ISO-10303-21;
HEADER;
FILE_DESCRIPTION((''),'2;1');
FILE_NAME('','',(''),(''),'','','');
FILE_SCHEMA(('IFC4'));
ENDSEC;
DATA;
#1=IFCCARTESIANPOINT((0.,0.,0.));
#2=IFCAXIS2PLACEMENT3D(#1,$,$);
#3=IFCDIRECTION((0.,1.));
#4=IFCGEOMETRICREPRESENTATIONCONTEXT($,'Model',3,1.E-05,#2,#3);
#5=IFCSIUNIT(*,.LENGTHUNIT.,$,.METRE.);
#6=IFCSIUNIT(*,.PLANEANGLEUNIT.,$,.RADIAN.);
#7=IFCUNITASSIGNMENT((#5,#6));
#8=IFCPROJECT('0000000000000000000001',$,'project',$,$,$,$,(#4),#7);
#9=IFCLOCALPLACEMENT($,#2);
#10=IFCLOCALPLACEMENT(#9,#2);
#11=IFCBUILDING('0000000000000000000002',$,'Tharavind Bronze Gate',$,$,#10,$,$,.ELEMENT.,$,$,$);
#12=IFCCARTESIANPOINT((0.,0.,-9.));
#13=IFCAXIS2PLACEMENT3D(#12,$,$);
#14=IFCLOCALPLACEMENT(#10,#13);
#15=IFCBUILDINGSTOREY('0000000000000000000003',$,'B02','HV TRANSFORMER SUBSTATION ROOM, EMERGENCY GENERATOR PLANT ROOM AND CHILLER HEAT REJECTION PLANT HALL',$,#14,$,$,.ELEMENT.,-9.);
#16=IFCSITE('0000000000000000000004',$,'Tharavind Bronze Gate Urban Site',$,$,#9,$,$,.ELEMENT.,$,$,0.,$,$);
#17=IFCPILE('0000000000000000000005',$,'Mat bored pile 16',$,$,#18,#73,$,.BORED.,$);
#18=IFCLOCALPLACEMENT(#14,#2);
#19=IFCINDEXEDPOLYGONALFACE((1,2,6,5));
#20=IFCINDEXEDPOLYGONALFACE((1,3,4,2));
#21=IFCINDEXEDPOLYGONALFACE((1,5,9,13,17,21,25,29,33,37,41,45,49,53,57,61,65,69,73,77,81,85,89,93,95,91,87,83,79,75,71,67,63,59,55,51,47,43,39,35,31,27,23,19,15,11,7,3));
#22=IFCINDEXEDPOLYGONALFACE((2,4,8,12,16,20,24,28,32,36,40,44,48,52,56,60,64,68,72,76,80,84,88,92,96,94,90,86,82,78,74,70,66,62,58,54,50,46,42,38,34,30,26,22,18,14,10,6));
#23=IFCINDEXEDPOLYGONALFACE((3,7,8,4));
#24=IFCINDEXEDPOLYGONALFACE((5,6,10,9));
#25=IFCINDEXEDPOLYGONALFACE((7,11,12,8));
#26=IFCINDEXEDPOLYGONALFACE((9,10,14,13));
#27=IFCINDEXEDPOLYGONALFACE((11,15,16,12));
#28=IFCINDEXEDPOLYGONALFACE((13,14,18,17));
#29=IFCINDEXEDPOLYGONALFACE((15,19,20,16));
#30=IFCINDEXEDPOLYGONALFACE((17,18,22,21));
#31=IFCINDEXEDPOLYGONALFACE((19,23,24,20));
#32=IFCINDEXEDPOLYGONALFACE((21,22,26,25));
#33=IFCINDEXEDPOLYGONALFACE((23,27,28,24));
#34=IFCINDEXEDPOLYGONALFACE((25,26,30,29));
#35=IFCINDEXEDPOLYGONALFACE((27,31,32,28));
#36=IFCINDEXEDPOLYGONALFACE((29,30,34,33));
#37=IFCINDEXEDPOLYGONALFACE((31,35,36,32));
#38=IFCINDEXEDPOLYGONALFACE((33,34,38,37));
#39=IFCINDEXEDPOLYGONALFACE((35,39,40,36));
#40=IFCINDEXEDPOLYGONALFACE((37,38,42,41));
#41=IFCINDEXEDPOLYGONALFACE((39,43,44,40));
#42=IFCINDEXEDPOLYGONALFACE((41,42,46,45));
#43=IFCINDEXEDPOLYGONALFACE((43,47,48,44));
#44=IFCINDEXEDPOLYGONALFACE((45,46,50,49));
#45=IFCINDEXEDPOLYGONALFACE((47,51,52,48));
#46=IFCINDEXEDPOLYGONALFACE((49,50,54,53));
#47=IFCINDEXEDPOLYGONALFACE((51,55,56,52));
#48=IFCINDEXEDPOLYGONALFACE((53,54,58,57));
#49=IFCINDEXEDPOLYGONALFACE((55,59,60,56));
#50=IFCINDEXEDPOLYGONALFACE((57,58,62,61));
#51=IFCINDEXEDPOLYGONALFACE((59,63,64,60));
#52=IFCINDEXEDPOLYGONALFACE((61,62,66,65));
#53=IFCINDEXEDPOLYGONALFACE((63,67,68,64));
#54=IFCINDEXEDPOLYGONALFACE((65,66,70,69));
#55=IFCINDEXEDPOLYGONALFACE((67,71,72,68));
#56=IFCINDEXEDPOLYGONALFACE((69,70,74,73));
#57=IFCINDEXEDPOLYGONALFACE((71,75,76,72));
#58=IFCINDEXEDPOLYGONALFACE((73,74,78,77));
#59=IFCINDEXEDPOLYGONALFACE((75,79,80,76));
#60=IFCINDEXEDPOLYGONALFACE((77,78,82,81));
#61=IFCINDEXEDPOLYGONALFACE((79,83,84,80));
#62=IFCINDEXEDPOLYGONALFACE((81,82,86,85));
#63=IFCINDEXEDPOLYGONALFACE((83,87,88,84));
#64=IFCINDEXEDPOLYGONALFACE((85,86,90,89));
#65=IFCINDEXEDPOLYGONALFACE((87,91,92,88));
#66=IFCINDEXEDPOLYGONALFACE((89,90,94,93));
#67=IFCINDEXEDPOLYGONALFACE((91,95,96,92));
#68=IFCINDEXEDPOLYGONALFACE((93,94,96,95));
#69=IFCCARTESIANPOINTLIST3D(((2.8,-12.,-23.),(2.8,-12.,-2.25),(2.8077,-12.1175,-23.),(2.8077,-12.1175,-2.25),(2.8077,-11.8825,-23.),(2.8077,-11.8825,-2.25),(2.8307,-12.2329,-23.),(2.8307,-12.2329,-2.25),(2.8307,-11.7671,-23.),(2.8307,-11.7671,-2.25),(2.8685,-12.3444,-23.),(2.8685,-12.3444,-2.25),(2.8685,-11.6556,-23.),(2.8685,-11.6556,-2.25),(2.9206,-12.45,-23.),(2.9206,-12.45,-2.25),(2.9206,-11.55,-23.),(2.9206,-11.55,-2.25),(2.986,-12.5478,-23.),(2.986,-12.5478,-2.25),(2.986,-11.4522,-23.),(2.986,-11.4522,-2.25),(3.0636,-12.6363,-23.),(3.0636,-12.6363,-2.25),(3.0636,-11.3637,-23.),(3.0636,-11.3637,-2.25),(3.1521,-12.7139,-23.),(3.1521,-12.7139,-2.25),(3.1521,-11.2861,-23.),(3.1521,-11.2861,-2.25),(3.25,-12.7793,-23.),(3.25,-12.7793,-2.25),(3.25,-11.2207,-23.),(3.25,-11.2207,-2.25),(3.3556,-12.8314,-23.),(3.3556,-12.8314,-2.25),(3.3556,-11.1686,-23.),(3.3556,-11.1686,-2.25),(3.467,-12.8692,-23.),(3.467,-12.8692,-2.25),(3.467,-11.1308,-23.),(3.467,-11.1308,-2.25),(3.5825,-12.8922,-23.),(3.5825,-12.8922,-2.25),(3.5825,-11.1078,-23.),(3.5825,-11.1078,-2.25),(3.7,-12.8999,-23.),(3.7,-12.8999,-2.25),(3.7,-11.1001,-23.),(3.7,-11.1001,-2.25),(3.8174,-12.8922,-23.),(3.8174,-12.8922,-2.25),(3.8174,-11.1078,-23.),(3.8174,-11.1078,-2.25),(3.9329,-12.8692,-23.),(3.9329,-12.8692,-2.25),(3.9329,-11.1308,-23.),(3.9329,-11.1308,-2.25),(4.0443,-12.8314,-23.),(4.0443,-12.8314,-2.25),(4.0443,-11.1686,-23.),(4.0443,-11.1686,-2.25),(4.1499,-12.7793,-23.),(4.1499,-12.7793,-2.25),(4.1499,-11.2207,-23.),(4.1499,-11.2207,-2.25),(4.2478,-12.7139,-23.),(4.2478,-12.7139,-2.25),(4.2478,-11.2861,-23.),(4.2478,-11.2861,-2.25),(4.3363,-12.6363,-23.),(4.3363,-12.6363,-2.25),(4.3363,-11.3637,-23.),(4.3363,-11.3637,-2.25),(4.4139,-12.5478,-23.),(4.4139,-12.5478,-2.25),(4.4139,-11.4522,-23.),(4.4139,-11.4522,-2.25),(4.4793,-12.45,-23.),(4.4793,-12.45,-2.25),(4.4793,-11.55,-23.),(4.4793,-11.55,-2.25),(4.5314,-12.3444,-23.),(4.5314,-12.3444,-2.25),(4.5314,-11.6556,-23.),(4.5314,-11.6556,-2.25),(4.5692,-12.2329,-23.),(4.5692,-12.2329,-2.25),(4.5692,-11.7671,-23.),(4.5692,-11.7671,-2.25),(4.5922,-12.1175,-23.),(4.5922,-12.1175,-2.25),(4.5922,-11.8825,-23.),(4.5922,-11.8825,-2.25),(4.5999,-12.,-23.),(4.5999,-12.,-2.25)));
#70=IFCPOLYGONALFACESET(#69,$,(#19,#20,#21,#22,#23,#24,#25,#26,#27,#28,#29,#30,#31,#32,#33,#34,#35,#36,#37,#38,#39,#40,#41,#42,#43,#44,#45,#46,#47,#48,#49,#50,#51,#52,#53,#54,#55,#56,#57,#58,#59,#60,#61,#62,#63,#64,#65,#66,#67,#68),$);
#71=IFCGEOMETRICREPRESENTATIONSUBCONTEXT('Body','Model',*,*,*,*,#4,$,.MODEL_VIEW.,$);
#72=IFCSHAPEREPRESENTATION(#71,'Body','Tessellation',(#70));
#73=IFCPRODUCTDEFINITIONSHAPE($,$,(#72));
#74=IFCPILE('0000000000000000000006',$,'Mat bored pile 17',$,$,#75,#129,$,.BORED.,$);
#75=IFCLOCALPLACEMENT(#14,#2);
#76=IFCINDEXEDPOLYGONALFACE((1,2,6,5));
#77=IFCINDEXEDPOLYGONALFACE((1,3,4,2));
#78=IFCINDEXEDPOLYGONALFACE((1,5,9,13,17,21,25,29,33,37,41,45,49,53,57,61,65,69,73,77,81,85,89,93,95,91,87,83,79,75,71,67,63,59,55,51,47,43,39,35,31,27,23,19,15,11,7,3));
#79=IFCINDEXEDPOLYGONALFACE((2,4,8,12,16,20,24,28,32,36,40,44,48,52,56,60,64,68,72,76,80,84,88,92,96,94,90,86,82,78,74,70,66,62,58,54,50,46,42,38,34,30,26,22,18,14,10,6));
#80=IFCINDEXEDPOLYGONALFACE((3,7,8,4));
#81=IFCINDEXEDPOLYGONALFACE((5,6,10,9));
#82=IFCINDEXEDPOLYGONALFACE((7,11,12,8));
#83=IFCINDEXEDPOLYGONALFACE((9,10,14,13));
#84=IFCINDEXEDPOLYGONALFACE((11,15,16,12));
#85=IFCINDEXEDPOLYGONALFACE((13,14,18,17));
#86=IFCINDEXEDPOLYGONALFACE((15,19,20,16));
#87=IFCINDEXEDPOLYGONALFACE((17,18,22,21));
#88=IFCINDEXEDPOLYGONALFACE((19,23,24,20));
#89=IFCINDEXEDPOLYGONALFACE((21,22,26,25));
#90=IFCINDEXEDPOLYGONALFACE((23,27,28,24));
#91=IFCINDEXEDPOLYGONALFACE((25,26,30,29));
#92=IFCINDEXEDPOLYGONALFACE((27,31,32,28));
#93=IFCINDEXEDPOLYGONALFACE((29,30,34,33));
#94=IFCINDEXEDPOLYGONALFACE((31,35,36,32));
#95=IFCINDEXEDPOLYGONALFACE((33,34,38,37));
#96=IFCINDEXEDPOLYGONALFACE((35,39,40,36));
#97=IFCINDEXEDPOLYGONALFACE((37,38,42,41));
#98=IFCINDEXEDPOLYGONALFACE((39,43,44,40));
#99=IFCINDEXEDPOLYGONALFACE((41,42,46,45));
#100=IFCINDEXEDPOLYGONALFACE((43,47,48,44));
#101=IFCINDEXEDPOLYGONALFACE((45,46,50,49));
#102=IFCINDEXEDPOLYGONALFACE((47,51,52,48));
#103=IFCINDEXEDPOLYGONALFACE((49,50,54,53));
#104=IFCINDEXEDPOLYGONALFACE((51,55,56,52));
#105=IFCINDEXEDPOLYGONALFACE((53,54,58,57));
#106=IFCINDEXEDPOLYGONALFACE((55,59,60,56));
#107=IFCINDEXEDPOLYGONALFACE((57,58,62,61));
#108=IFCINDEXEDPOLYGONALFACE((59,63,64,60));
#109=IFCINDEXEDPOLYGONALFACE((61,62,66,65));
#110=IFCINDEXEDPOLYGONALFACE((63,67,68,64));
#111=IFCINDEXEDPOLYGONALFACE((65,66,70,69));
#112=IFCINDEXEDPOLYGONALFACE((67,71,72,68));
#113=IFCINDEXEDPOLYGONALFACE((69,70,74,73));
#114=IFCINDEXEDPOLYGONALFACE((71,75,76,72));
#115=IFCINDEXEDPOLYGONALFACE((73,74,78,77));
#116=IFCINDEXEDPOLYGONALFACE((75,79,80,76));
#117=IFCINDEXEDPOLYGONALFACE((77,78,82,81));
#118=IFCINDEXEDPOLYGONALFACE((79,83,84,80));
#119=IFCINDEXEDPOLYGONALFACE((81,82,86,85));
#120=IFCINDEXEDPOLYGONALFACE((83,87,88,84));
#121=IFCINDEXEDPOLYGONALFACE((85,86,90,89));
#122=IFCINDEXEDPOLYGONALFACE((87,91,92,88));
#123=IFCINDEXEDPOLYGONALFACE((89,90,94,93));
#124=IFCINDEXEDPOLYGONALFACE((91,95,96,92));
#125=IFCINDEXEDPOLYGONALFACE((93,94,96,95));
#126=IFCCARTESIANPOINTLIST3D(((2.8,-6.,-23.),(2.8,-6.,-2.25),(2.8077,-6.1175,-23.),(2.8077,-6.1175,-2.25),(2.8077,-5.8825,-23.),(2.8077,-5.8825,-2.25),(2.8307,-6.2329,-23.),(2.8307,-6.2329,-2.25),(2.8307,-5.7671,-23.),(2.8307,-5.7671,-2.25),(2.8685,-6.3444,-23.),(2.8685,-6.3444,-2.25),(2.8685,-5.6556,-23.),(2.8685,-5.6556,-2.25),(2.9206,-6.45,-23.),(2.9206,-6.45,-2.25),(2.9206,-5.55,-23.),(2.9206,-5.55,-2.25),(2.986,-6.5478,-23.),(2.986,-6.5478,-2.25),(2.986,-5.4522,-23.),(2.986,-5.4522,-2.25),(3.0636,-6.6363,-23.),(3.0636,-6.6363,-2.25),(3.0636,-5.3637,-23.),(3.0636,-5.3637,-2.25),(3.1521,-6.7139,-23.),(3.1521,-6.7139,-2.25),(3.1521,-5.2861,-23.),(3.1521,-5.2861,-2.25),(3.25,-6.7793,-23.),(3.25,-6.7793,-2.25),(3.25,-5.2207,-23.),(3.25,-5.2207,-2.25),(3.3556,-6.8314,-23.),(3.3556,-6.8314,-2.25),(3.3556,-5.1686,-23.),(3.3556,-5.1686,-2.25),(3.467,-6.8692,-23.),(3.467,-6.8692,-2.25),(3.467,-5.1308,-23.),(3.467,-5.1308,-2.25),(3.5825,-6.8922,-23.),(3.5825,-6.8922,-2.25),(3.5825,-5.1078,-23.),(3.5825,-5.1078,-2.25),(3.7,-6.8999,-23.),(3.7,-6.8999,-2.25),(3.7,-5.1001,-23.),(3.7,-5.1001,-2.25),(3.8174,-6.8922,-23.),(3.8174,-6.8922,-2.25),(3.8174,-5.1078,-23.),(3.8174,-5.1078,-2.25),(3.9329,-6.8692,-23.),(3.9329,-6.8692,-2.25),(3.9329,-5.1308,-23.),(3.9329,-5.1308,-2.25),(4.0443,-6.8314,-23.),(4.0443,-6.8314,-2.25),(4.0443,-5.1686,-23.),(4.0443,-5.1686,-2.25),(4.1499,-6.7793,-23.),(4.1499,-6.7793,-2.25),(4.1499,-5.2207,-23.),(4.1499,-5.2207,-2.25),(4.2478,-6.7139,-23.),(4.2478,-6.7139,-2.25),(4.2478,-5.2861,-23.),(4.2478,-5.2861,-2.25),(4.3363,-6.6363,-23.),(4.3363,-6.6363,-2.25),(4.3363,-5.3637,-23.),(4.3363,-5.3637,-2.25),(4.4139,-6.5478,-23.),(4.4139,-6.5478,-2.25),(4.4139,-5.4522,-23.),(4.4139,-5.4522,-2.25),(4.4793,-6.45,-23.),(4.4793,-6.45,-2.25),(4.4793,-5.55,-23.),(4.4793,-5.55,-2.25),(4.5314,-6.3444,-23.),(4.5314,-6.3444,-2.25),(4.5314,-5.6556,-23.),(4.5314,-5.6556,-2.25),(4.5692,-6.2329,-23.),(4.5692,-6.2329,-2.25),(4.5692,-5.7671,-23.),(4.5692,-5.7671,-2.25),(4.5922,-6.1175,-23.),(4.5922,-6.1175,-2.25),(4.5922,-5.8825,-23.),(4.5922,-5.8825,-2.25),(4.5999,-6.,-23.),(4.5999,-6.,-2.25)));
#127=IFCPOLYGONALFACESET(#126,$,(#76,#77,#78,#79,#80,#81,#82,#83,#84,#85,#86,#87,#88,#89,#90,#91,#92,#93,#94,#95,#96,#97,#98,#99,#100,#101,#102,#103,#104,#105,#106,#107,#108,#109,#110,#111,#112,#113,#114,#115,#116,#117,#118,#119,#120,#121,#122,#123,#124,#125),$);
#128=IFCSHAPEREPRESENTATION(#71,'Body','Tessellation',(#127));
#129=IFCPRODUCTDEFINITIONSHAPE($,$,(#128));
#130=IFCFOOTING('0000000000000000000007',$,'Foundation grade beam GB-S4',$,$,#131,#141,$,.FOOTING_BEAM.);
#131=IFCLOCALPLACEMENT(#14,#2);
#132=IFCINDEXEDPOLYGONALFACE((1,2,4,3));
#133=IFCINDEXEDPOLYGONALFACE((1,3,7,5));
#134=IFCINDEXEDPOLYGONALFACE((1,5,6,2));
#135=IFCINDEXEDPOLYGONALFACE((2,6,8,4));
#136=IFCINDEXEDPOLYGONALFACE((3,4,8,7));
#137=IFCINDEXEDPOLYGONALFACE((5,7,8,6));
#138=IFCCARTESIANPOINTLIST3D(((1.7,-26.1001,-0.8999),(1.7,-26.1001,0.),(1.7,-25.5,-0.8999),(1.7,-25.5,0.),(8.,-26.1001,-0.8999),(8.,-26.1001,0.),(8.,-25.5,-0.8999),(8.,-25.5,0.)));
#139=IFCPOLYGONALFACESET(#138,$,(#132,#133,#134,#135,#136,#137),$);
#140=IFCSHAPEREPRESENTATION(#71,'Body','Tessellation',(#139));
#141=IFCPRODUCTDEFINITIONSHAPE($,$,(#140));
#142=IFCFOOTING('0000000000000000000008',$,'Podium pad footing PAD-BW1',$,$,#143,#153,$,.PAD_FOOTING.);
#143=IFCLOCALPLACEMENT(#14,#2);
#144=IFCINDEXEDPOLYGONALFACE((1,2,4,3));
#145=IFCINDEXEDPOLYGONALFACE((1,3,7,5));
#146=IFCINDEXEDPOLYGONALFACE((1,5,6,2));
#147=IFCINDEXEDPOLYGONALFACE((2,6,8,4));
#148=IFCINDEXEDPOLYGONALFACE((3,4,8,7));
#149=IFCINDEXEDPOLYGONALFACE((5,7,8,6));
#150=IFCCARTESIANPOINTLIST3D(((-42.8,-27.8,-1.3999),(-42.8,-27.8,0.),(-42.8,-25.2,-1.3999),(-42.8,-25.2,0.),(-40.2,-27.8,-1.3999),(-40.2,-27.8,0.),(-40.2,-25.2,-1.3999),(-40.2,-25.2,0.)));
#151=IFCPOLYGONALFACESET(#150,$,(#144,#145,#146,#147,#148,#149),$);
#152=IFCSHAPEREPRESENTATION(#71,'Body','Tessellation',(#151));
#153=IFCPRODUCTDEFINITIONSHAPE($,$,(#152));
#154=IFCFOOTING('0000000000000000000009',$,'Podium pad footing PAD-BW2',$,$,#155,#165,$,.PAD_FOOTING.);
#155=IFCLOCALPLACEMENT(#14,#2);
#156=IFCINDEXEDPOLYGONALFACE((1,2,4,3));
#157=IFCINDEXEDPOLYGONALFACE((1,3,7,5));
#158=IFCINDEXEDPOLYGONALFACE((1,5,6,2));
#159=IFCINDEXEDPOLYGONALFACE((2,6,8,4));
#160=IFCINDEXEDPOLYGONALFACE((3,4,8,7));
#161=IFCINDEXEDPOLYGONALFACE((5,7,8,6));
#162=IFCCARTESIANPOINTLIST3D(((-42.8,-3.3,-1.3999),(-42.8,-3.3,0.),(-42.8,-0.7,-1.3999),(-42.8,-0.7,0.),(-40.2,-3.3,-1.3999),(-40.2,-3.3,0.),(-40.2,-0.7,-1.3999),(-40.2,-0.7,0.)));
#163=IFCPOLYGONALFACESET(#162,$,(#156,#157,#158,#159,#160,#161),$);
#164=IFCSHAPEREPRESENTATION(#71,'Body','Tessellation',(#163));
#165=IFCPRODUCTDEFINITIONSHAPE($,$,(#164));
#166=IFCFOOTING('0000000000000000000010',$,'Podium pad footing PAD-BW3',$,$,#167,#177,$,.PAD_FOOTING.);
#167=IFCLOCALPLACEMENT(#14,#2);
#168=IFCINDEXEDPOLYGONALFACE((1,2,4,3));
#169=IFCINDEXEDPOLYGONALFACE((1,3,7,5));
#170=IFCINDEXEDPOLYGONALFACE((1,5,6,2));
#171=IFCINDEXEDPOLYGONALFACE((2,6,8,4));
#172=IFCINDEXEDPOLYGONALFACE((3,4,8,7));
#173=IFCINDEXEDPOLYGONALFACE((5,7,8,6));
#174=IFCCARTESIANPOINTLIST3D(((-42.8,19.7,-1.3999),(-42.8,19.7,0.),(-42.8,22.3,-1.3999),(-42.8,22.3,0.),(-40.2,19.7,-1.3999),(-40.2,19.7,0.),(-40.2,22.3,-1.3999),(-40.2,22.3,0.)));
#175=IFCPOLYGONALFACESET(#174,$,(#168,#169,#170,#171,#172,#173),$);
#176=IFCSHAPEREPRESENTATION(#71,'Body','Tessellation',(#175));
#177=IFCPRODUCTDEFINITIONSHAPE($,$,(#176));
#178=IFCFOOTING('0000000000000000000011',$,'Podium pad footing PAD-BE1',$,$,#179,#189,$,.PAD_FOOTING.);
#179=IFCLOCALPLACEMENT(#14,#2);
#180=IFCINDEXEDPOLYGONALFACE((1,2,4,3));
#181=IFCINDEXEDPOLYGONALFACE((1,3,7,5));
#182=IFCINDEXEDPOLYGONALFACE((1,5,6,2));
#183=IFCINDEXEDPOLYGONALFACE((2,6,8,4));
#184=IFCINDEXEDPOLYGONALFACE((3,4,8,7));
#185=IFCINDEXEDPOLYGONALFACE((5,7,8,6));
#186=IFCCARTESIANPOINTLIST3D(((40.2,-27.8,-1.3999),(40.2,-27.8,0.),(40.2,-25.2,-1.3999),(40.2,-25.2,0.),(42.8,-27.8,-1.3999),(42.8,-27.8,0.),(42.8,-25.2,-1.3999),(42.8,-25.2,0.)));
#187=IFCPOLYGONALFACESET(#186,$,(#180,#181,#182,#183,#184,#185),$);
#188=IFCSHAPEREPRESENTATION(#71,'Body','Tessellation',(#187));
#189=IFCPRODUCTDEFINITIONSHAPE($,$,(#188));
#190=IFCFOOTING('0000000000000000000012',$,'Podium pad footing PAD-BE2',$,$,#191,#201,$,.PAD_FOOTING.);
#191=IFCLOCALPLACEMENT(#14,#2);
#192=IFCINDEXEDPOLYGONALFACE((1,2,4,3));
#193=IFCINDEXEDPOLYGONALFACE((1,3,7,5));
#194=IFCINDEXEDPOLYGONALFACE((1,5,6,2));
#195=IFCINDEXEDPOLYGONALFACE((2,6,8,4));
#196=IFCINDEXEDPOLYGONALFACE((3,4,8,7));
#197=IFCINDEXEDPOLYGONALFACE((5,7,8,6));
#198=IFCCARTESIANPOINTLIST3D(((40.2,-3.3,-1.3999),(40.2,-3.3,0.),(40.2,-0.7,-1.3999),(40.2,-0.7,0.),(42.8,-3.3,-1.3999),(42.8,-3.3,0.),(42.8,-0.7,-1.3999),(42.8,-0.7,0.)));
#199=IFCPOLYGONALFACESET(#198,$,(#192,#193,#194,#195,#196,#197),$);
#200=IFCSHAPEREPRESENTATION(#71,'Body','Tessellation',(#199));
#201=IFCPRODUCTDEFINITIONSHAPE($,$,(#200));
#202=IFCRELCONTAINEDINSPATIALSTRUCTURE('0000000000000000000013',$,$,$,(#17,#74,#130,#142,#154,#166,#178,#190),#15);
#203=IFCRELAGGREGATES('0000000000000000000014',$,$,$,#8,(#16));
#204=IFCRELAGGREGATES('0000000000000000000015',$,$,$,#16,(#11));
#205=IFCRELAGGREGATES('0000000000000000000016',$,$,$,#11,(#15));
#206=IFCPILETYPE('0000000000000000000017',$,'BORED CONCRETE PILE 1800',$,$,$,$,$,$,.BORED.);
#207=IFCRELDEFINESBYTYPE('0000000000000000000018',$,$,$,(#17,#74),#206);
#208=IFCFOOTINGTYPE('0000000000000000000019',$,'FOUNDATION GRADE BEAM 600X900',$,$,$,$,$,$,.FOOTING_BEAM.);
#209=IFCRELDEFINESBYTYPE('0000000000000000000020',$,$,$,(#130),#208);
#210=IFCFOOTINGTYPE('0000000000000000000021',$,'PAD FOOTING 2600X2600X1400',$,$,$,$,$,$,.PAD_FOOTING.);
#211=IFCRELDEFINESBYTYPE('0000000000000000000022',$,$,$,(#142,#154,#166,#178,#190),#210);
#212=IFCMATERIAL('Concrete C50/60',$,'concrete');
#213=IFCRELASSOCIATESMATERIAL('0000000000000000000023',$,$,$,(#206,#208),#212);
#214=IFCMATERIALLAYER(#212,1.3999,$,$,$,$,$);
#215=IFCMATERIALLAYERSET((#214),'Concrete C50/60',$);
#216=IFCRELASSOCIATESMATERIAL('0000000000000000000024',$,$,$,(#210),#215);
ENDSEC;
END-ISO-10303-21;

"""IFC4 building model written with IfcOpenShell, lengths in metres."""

from ifc_helpers import new_model, si_unit, direction, frame, origin, origin_2d, place, context, subcontext, project, spatial, polyline, rectangle, circle, outline, extrude, material, layer, layer_set, material_profile, profile_set, type_object, element, save


model = new_model("IFC4")

# Units and contexts
model_context = context("Model", 3, precision=1e-05, world=origin(), true_north=direction((0.0, 1.0)))
body_context = subcontext(model_context, "Body", "Model", "MODEL_VIEW")
ifc_project = project(units=[si_unit("LENGTHUNIT", "METRE"), si_unit("PLANEANGLEUNIT", "RADIAN")], contexts=[model_context])

# Site, building, storey
site_placement = place(None, origin())
site = spatial("IfcSite", under=ifc_project, at=site_placement, Name="Tharavind Bronze Gate Urban Site", CompositionType="ELEMENT", RefElevation=0.0)
building_placement = place(site_placement, origin())
building = spatial("IfcBuilding", under=site, at=building_placement, Name="Tharavind Bronze Gate", CompositionType="ELEMENT")
storey_placement = place(building_placement, frame((0.0, 0.0, -9.0)))
storey = spatial("IfcBuildingStorey", under=building, at=storey_placement, Name="B02", Description="HV TRANSFORMER SUBSTATION ROOM, EMERGENCY GENERATOR PLANT ROOM AND CHILLER HEAT REJECTION PLANT HALL", CompositionType="ELEMENT", Elevation=-9.0)

# Piles
ifc_material_1 = material(Name="Concrete C50/60", Category="concrete")
ifc_material_profile_1 = material_profile(ifc_material_1, circle(Radius=0.8999, at=origin_2d()), Name="PILE1800")
ifc_profile_set_1 = profile_set([ifc_material_profile_1], Name="Concrete C50/60")
pile_type = type_object("IfcPileType", Name="BORED CONCRETE PILE 1800", PredefinedType="BORED", material=ifc_profile_set_1)
for number, where, z_axis, x_axis, name in (
    (1, (3.7, -12.0, -2.25), (0.0, 0.0, -1.0), (1.0, 0.0, 0.0), "Mat bored pile 16"),
    (2, (3.7, -6.0, -2.25), (0.0, 0.0, -1.0), (1.0, 0.0, 0.0), "Mat bored pile 17"),
):
    element("IfcPile", number, at=place(storey_placement, frame(where, z_axis=z_axis, x_axis=x_axis)), inside=storey, type_object=pile_type, Name=name, PredefinedType="BORED", context=body_context, shape_type="SweptSolid", body=[
        extrude(circle(Radius=0.8999, at=origin_2d()), origin(), (0.0, 0.0, 1.0), 20.75),
    ])

# Footings
ifc_material_profile_2 = material_profile(ifc_material_1, rectangle(XDim=0.6001, YDim=0.8999, at=origin_2d()), Name="RCBM600X900")
ifc_profile_set_2 = profile_set([ifc_material_profile_2], Name="Concrete C50/60")
footing_type_1 = type_object("IfcFootingType", Name="FOUNDATION GRADE BEAM 600X900", PredefinedType="FOOTING_BEAM", material=ifc_profile_set_2)
footing_1_placement = place(storey_placement, frame((1.7, -25.8, -0.45), z_axis=(1.0, 0.0, 0.0), x_axis=(0.0, 1.0, 0.0)))
element("IfcFooting", 3, at=footing_1_placement, inside=storey, type_object=footing_type_1, Name="Foundation grade beam GB-S4", PredefinedType="FOOTING_BEAM", context=body_context, shape_type="SweptSolid", body=[
    extrude(rectangle(XDim=0.6001, YDim=0.8999, at=origin_2d()), origin(), (0.0, 0.0, 1.0), 6.3),
])
ifc_layer_1 = layer(ifc_material_1, 1.3999)
ifc_layer_set_1 = layer_set([ifc_layer_1], Name="Concrete C50/60")
footing_type_2 = type_object("IfcFootingType", Name="PAD FOOTING 2600X2600X1400", PredefinedType="PAD_FOOTING", material=ifc_layer_set_1)
footing_2_placement = place(storey_placement, frame((0.0, 0.0, -1.3999)))
element("IfcFooting", 4, at=footing_2_placement, inside=storey, type_object=footing_type_2, Name="Podium pad footing PAD-BW1", PredefinedType="PAD_FOOTING", context=body_context, shape_type="SweptSolid", body=[
    extrude(outline(polyline([(-42.8, -27.8), (-40.2, -27.8), (-40.2, -25.2), (-42.8, -25.2), (-42.8, -27.8)])), origin(), (0.0, 0.0, 1.0), 1.3999),
])
footing_3_placement = place(storey_placement, frame((0.0, 0.0, -1.3999)))
element("IfcFooting", 5, at=footing_3_placement, inside=storey, type_object=footing_type_2, Name="Podium pad footing PAD-BW2", PredefinedType="PAD_FOOTING", context=body_context, shape_type="SweptSolid", body=[
    extrude(outline(polyline([(-42.8, -3.3), (-40.2, -3.3), (-40.2, -0.7), (-42.8, -0.7), (-42.8, -3.3)])), origin(), (0.0, 0.0, 1.0), 1.3999),
])
footing_4_placement = place(storey_placement, frame((0.0, 0.0, -1.3999)))
element("IfcFooting", 6, at=footing_4_placement, inside=storey, type_object=footing_type_2, Name="Podium pad footing PAD-BW3", PredefinedType="PAD_FOOTING", context=body_context, shape_type="SweptSolid", body=[
    extrude(outline(polyline([(-42.8, 19.7), (-40.2, 19.7), (-40.2, 22.3), (-42.8, 22.3), (-42.8, 19.7)])), origin(), (0.0, 0.0, 1.0), 1.3999),
])
footing_5_placement = place(storey_placement, frame((0.0, 0.0, -1.3999)))
element("IfcFooting", 7, at=footing_5_placement, inside=storey, type_object=footing_type_2, Name="Podium pad footing PAD-BE1", PredefinedType="PAD_FOOTING", context=body_context, shape_type="SweptSolid", body=[
    extrude(outline(polyline([(40.2, -27.8), (42.8, -27.8), (42.8, -25.2), (40.2, -25.2), (40.2, -27.8)])), origin(), (0.0, 0.0, 1.0), 1.3999),
])
footing_6_placement = place(storey_placement, frame((0.0, 0.0, -1.3999)))
element("IfcFooting", 8, at=footing_6_placement, inside=storey, type_object=footing_type_2, Name="Podium pad footing PAD-BE2", PredefinedType="PAD_FOOTING", context=body_context, shape_type="SweptSolid", body=[
    extrude(outline(polyline([(40.2, -3.3), (42.8, -3.3), (42.8, -0.7), (40.2, -0.7), (40.2, -3.3)])), origin(), (0.0, 0.0, 1.0), 1.3999),
])

save(model, "model.ifc")
